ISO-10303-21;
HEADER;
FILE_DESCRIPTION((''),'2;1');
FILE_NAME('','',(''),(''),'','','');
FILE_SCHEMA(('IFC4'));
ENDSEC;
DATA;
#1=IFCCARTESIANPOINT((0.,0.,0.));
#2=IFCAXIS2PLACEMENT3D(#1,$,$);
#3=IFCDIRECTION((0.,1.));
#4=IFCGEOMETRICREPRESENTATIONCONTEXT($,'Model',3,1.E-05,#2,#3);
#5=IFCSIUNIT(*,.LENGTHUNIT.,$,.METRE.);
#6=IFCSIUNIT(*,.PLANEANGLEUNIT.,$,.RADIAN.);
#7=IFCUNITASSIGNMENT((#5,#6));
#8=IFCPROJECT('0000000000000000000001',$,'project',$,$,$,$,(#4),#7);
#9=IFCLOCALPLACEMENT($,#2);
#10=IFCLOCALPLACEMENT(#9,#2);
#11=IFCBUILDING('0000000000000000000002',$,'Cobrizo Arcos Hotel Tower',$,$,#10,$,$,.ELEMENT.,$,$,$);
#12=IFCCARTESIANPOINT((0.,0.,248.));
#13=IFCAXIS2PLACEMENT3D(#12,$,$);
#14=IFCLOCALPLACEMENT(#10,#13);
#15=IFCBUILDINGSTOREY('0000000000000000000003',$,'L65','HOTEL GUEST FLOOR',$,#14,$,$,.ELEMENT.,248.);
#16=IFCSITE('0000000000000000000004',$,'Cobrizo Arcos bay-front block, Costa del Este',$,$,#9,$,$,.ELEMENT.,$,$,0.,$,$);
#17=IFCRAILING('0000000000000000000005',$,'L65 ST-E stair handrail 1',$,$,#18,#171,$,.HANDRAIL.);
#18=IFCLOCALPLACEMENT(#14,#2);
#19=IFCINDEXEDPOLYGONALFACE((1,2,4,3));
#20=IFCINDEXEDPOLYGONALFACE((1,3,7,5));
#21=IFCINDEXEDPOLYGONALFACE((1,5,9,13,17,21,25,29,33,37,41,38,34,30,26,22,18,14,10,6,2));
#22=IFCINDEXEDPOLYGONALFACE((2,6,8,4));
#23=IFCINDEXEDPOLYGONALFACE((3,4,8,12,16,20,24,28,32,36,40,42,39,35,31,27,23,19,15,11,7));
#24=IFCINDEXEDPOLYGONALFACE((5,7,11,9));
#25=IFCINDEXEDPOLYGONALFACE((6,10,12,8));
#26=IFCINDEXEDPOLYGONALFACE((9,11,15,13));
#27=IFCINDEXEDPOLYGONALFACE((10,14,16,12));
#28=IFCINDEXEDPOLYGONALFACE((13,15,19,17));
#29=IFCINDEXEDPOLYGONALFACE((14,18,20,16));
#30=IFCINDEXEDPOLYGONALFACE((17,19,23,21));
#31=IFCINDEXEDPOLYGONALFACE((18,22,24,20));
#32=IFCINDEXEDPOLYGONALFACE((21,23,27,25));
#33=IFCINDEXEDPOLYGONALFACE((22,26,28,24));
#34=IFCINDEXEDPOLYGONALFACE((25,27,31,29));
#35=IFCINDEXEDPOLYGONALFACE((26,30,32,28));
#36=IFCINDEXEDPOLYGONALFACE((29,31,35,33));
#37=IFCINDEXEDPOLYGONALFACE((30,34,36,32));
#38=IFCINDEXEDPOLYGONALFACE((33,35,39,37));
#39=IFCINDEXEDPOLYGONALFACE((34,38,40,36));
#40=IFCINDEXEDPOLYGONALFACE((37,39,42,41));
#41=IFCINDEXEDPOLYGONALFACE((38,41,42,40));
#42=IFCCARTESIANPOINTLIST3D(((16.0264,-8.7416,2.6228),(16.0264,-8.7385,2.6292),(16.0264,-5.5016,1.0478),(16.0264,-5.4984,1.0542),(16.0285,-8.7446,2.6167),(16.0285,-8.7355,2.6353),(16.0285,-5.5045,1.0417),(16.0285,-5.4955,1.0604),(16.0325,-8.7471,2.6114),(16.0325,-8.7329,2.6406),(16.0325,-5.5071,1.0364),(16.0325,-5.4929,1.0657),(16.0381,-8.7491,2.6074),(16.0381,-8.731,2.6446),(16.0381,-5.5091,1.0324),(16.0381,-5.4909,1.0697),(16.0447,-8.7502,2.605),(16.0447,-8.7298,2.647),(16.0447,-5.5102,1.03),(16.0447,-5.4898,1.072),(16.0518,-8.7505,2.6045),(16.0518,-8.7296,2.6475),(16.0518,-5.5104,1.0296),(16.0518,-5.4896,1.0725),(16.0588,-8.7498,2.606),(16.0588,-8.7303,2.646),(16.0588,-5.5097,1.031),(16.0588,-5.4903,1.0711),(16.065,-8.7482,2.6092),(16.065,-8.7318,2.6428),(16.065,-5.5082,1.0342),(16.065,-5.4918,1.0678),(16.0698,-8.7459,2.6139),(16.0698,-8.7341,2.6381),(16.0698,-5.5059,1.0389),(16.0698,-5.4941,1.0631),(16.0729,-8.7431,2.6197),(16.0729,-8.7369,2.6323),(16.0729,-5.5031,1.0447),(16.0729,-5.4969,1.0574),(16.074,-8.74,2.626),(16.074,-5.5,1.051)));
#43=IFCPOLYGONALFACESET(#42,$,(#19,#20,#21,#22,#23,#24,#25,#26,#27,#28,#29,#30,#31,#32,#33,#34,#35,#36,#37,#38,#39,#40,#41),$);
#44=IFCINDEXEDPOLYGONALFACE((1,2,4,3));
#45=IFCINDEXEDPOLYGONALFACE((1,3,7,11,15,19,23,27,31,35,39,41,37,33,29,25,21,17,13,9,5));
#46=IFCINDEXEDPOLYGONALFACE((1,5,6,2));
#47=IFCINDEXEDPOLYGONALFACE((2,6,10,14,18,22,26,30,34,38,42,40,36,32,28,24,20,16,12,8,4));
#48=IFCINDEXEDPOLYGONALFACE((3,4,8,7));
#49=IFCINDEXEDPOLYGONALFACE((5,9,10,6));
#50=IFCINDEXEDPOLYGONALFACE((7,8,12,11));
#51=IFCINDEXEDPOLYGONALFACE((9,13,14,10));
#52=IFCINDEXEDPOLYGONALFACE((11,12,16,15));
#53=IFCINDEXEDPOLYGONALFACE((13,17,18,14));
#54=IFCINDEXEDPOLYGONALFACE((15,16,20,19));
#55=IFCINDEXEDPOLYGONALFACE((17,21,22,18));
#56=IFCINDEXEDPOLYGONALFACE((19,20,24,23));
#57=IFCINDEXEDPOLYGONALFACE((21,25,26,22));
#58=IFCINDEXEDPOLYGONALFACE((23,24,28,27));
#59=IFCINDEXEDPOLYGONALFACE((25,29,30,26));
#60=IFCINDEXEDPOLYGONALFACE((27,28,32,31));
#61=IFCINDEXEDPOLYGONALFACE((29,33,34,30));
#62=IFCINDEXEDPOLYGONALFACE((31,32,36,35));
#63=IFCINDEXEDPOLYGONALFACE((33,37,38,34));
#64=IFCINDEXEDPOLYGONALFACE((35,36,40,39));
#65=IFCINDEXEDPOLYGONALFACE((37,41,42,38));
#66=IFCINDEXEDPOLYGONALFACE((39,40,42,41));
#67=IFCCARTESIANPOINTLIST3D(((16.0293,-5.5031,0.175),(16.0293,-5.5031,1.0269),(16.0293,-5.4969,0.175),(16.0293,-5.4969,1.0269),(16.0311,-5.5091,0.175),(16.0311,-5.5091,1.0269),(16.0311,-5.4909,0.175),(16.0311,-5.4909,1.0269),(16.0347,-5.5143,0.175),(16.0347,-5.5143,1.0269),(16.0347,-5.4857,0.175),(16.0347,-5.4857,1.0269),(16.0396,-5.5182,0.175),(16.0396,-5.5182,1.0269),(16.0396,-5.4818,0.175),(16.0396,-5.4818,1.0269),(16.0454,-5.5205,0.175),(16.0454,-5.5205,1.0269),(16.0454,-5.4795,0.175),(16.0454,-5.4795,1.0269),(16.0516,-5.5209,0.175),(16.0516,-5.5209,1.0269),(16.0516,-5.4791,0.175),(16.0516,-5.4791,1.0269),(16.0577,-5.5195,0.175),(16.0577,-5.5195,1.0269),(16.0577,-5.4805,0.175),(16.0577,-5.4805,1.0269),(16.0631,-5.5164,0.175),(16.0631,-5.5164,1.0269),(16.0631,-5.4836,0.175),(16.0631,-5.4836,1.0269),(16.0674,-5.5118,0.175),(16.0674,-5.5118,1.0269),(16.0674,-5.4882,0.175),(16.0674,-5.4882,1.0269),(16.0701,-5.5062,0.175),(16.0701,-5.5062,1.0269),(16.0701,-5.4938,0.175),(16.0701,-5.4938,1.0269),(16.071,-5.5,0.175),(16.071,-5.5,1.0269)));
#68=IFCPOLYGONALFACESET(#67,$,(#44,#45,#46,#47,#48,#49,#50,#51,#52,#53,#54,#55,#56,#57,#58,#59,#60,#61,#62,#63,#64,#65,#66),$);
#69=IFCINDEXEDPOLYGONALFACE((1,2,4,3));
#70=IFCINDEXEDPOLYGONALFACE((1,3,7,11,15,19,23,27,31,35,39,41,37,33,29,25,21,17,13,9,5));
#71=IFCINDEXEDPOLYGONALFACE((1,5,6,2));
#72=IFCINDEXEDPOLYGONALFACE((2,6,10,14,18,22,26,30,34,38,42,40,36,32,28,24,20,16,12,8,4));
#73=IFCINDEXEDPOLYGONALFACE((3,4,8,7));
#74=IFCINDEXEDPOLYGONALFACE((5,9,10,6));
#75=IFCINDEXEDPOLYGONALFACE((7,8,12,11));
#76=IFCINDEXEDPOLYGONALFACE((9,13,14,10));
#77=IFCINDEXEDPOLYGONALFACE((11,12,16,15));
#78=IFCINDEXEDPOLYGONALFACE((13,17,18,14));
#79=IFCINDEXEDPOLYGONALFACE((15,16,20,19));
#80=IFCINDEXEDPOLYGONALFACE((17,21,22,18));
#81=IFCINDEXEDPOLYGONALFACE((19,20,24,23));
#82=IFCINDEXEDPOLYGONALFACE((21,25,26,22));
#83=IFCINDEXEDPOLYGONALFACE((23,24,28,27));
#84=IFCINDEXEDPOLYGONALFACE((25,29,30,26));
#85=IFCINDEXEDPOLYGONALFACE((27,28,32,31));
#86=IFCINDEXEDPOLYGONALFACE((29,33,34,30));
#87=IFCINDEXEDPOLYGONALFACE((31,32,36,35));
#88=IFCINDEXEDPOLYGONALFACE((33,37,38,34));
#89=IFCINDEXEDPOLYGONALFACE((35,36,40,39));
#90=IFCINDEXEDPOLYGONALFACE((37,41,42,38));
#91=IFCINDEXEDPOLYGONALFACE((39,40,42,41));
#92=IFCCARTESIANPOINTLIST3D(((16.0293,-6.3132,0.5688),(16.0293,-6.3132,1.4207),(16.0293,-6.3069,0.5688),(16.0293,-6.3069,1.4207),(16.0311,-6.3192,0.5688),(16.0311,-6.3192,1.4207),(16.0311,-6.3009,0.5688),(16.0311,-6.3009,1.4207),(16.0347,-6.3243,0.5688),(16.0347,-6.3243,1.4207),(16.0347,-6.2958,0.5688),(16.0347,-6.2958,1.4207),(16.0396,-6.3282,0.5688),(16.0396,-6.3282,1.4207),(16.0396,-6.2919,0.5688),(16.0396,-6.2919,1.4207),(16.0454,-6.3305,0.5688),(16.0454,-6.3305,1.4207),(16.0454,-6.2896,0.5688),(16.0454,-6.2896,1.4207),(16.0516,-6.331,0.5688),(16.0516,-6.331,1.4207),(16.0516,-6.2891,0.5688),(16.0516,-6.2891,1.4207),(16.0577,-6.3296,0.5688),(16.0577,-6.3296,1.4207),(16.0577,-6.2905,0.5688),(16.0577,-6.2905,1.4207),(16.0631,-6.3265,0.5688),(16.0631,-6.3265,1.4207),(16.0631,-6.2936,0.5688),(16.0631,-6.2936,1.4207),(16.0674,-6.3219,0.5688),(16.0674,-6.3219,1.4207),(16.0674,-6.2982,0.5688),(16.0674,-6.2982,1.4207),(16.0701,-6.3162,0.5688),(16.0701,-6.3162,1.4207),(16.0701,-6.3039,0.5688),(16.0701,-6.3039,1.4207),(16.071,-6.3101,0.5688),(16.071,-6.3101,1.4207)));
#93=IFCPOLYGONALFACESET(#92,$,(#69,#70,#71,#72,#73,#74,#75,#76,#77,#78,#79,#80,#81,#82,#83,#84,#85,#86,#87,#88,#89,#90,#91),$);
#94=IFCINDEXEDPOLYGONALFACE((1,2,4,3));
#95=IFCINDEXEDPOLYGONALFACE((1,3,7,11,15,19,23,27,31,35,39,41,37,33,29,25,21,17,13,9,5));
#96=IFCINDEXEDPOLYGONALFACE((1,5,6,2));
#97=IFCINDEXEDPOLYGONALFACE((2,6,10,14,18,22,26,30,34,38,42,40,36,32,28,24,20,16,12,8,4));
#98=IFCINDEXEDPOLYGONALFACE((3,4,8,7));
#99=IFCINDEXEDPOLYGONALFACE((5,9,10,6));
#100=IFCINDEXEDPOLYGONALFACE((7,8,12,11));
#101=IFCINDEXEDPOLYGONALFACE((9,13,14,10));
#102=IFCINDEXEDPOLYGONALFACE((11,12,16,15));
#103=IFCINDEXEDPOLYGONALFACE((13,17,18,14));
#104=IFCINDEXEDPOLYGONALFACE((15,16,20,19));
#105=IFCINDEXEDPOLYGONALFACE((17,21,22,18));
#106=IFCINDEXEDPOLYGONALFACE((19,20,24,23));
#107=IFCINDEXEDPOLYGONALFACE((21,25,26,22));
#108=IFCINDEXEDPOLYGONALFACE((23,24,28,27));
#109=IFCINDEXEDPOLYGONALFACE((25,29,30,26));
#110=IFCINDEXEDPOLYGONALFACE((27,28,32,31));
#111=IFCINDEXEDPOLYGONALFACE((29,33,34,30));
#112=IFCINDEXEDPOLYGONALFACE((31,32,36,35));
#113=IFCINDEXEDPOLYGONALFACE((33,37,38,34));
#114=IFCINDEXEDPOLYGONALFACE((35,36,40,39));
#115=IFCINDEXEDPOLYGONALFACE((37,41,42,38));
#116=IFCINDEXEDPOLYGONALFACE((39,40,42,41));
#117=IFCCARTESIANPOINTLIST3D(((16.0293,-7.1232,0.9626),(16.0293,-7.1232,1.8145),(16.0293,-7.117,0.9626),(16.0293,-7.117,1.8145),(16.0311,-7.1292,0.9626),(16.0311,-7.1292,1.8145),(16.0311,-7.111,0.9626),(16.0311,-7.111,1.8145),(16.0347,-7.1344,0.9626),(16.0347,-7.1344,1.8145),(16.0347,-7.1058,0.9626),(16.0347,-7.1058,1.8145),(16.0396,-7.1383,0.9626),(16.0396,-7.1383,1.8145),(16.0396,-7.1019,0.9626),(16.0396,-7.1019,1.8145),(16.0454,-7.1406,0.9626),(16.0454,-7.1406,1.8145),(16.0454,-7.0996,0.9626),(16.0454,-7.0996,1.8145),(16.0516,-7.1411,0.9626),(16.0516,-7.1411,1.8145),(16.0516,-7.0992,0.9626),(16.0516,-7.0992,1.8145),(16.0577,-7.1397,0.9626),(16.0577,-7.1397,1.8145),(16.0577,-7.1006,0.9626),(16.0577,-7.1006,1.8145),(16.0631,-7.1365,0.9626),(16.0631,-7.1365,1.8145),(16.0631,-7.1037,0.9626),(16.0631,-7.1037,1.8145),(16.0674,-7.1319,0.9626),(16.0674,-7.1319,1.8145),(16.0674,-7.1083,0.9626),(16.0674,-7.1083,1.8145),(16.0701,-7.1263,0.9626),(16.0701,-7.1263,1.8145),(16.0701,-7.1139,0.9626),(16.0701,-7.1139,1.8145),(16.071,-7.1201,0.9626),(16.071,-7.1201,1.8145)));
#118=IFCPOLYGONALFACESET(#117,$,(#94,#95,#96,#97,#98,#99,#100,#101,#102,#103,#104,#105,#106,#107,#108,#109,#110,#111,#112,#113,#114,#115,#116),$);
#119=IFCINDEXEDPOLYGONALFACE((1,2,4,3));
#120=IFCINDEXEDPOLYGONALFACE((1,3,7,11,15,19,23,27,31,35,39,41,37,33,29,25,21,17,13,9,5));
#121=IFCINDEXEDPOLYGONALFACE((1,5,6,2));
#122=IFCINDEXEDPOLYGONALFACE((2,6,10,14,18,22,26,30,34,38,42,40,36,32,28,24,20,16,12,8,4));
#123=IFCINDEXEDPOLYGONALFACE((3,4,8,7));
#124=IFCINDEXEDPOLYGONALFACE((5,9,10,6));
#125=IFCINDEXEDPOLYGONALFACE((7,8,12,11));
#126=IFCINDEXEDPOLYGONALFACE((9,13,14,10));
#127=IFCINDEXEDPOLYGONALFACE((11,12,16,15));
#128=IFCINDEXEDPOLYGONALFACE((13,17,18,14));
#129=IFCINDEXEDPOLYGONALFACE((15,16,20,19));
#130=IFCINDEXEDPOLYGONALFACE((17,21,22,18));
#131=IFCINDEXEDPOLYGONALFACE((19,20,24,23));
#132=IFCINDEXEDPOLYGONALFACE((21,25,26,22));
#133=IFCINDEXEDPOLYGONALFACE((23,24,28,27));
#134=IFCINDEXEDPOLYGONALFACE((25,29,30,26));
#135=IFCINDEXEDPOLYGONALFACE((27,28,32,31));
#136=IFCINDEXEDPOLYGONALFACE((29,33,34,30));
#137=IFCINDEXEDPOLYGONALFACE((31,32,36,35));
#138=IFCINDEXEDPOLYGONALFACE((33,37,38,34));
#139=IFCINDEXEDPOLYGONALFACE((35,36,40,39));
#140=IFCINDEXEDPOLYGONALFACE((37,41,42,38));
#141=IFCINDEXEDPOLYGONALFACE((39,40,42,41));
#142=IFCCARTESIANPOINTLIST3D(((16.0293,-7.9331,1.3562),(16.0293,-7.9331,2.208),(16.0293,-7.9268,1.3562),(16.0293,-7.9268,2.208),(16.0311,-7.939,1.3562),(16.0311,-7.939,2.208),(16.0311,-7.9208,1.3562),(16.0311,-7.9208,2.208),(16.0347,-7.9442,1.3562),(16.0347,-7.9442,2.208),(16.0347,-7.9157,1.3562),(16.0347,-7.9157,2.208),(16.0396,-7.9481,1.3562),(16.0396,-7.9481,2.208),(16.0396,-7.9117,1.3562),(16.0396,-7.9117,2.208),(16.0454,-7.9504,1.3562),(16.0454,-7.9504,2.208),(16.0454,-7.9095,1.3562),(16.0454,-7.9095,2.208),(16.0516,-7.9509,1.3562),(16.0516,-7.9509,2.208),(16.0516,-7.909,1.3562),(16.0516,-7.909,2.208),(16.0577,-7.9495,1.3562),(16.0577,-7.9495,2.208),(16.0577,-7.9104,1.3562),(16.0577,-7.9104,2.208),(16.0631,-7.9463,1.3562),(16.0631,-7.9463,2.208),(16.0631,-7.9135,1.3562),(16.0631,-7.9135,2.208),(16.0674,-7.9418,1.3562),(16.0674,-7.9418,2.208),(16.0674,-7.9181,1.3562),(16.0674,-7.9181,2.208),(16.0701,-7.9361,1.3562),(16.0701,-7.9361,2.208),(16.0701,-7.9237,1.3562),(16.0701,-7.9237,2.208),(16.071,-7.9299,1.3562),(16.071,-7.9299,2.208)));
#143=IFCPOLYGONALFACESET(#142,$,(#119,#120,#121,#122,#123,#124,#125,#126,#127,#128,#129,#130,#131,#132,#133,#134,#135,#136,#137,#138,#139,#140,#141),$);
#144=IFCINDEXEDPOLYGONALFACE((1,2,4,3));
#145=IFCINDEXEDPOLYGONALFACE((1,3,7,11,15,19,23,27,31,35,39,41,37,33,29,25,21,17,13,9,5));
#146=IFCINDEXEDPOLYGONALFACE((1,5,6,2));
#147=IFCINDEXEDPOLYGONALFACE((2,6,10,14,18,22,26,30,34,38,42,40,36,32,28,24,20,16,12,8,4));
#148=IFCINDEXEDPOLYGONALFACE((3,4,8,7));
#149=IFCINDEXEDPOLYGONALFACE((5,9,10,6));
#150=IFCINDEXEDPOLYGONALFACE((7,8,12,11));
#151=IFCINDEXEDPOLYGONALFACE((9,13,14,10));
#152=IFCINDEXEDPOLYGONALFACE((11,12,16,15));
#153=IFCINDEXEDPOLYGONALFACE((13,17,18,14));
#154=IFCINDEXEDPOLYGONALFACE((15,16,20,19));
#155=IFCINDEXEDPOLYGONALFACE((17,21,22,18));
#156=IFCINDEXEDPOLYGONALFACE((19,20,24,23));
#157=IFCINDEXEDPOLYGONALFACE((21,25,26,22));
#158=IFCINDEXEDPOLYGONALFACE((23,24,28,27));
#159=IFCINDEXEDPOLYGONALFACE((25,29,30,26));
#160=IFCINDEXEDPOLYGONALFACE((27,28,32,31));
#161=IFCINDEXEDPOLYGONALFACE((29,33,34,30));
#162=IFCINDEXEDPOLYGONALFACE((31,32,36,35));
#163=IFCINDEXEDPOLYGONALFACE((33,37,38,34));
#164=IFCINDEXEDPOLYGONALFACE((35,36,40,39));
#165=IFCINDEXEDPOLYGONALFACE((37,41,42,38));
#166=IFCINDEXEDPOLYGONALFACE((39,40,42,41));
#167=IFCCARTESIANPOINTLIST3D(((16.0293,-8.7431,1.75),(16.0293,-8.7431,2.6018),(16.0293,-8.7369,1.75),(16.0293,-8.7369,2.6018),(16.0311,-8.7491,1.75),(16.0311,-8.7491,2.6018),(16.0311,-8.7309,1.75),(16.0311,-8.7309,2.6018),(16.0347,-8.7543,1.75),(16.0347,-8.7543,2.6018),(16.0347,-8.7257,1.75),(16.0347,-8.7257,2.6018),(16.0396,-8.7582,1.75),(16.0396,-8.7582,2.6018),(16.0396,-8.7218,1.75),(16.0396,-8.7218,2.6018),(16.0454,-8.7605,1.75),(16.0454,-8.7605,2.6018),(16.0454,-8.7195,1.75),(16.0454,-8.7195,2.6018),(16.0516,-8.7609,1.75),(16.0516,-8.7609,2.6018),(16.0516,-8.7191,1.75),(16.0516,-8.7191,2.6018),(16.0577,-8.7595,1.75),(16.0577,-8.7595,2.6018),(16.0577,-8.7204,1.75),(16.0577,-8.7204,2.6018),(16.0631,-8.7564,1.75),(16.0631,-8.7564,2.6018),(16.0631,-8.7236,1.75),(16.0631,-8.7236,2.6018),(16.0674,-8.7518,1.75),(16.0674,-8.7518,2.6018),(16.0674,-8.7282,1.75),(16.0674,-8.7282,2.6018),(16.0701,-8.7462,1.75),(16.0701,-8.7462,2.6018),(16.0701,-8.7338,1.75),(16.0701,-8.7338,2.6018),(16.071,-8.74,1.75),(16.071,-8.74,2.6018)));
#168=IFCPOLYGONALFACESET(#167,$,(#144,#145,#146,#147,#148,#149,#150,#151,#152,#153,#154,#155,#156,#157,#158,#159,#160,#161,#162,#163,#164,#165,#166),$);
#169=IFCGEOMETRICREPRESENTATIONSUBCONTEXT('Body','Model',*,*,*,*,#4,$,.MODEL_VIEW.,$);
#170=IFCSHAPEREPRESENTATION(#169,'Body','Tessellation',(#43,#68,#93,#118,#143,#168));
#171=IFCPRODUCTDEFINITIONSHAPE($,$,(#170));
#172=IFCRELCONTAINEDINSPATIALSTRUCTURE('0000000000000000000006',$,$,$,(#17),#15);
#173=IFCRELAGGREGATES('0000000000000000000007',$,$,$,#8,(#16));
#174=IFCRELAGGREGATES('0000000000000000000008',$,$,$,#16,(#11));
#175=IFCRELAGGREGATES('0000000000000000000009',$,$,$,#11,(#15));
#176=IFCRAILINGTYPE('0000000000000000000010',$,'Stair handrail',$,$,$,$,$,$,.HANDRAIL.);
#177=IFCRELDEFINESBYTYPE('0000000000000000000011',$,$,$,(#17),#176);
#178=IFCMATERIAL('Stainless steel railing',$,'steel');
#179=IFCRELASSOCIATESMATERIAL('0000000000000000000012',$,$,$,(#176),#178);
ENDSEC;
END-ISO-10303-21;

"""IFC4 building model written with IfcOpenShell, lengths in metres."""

from ifc_helpers import new_model, si_unit, direction, frame, origin, origin_2d, place, context, subcontext, project, spatial, circle, extrude, material, type_object, element, save


model = new_model("IFC4")

# Units and contexts
model_context = context("Model", 3, precision=1e-05, world=origin(), true_north=direction((0.0, 1.0)))
body_context = subcontext(model_context, "Body", "Model", "MODEL_VIEW")
ifc_project = project(units=[si_unit("LENGTHUNIT", "METRE"), si_unit("PLANEANGLEUNIT", "RADIAN")], contexts=[model_context])

# Site, building, storey
site_placement = place(None, origin())
site = spatial("IfcSite", under=ifc_project, at=site_placement, Name="Cobrizo Arcos bay-front block, Costa del Este", CompositionType="ELEMENT", RefElevation=0.0)
building_placement = place(site_placement, origin())
building = spatial("IfcBuilding", under=site, at=building_placement, Name="Cobrizo Arcos Hotel Tower", CompositionType="ELEMENT")
storey_placement = place(building_placement, frame((0.0, 0.0, 248.0)))
storey = spatial("IfcBuildingStorey", under=building, at=storey_placement, Name="L65", Description="HOTEL GUEST FLOOR", CompositionType="ELEMENT", Elevation=248.0)

# Railing
ifc_material_1 = material(Name="Stainless steel railing", Category="steel")
railing_type_1 = type_object("IfcRailingType", Name="Stair handrail", PredefinedType="HANDRAIL", material=ifc_material_1)
railing_1_placement = place(storey_placement, frame((16.05, -5.5, 0.175)))
element("IfcRailing", 1, at=railing_1_placement, inside=storey, type_object=railing_type_1, Name="L65 ST-E stair handrail 1", PredefinedType="HANDRAIL", context=body_context, shape_type="SweptSolid", body=[
    extrude(circle(Radius=0.0239, at=origin_2d()), frame((0.0, 0.0, 0.876), z_axis=(0.0, -0.899373, 0.437183), x_axis=(1.0, 0.0, 0.0)), (0.0, 0.0, 1.0), 3.6025),
    extrude(circle(Radius=0.021, at=origin_2d()), origin(), (0.0, 0.0, 1.0), 0.8518),
    extrude(circle(Radius=0.021, at=origin_2d()), frame((0.0, -0.8101, 0.3938)), (0.0, 0.0, 1.0), 0.8518),
    extrude(circle(Radius=0.021, at=origin_2d()), frame((0.0, -1.6201, 0.7876)), (0.0, 0.0, 1.0), 0.8518),
    extrude(circle(Radius=0.021, at=origin_2d()), frame((0.0, -2.4299, 1.1812)), (0.0, 0.0, 1.0), 0.8518),
    extrude(circle(Radius=0.021, at=origin_2d()), frame((0.0, -3.24, 1.575)), (0.0, 0.0, 1.0), 0.8518),
])

save(model, "model.ifc")
